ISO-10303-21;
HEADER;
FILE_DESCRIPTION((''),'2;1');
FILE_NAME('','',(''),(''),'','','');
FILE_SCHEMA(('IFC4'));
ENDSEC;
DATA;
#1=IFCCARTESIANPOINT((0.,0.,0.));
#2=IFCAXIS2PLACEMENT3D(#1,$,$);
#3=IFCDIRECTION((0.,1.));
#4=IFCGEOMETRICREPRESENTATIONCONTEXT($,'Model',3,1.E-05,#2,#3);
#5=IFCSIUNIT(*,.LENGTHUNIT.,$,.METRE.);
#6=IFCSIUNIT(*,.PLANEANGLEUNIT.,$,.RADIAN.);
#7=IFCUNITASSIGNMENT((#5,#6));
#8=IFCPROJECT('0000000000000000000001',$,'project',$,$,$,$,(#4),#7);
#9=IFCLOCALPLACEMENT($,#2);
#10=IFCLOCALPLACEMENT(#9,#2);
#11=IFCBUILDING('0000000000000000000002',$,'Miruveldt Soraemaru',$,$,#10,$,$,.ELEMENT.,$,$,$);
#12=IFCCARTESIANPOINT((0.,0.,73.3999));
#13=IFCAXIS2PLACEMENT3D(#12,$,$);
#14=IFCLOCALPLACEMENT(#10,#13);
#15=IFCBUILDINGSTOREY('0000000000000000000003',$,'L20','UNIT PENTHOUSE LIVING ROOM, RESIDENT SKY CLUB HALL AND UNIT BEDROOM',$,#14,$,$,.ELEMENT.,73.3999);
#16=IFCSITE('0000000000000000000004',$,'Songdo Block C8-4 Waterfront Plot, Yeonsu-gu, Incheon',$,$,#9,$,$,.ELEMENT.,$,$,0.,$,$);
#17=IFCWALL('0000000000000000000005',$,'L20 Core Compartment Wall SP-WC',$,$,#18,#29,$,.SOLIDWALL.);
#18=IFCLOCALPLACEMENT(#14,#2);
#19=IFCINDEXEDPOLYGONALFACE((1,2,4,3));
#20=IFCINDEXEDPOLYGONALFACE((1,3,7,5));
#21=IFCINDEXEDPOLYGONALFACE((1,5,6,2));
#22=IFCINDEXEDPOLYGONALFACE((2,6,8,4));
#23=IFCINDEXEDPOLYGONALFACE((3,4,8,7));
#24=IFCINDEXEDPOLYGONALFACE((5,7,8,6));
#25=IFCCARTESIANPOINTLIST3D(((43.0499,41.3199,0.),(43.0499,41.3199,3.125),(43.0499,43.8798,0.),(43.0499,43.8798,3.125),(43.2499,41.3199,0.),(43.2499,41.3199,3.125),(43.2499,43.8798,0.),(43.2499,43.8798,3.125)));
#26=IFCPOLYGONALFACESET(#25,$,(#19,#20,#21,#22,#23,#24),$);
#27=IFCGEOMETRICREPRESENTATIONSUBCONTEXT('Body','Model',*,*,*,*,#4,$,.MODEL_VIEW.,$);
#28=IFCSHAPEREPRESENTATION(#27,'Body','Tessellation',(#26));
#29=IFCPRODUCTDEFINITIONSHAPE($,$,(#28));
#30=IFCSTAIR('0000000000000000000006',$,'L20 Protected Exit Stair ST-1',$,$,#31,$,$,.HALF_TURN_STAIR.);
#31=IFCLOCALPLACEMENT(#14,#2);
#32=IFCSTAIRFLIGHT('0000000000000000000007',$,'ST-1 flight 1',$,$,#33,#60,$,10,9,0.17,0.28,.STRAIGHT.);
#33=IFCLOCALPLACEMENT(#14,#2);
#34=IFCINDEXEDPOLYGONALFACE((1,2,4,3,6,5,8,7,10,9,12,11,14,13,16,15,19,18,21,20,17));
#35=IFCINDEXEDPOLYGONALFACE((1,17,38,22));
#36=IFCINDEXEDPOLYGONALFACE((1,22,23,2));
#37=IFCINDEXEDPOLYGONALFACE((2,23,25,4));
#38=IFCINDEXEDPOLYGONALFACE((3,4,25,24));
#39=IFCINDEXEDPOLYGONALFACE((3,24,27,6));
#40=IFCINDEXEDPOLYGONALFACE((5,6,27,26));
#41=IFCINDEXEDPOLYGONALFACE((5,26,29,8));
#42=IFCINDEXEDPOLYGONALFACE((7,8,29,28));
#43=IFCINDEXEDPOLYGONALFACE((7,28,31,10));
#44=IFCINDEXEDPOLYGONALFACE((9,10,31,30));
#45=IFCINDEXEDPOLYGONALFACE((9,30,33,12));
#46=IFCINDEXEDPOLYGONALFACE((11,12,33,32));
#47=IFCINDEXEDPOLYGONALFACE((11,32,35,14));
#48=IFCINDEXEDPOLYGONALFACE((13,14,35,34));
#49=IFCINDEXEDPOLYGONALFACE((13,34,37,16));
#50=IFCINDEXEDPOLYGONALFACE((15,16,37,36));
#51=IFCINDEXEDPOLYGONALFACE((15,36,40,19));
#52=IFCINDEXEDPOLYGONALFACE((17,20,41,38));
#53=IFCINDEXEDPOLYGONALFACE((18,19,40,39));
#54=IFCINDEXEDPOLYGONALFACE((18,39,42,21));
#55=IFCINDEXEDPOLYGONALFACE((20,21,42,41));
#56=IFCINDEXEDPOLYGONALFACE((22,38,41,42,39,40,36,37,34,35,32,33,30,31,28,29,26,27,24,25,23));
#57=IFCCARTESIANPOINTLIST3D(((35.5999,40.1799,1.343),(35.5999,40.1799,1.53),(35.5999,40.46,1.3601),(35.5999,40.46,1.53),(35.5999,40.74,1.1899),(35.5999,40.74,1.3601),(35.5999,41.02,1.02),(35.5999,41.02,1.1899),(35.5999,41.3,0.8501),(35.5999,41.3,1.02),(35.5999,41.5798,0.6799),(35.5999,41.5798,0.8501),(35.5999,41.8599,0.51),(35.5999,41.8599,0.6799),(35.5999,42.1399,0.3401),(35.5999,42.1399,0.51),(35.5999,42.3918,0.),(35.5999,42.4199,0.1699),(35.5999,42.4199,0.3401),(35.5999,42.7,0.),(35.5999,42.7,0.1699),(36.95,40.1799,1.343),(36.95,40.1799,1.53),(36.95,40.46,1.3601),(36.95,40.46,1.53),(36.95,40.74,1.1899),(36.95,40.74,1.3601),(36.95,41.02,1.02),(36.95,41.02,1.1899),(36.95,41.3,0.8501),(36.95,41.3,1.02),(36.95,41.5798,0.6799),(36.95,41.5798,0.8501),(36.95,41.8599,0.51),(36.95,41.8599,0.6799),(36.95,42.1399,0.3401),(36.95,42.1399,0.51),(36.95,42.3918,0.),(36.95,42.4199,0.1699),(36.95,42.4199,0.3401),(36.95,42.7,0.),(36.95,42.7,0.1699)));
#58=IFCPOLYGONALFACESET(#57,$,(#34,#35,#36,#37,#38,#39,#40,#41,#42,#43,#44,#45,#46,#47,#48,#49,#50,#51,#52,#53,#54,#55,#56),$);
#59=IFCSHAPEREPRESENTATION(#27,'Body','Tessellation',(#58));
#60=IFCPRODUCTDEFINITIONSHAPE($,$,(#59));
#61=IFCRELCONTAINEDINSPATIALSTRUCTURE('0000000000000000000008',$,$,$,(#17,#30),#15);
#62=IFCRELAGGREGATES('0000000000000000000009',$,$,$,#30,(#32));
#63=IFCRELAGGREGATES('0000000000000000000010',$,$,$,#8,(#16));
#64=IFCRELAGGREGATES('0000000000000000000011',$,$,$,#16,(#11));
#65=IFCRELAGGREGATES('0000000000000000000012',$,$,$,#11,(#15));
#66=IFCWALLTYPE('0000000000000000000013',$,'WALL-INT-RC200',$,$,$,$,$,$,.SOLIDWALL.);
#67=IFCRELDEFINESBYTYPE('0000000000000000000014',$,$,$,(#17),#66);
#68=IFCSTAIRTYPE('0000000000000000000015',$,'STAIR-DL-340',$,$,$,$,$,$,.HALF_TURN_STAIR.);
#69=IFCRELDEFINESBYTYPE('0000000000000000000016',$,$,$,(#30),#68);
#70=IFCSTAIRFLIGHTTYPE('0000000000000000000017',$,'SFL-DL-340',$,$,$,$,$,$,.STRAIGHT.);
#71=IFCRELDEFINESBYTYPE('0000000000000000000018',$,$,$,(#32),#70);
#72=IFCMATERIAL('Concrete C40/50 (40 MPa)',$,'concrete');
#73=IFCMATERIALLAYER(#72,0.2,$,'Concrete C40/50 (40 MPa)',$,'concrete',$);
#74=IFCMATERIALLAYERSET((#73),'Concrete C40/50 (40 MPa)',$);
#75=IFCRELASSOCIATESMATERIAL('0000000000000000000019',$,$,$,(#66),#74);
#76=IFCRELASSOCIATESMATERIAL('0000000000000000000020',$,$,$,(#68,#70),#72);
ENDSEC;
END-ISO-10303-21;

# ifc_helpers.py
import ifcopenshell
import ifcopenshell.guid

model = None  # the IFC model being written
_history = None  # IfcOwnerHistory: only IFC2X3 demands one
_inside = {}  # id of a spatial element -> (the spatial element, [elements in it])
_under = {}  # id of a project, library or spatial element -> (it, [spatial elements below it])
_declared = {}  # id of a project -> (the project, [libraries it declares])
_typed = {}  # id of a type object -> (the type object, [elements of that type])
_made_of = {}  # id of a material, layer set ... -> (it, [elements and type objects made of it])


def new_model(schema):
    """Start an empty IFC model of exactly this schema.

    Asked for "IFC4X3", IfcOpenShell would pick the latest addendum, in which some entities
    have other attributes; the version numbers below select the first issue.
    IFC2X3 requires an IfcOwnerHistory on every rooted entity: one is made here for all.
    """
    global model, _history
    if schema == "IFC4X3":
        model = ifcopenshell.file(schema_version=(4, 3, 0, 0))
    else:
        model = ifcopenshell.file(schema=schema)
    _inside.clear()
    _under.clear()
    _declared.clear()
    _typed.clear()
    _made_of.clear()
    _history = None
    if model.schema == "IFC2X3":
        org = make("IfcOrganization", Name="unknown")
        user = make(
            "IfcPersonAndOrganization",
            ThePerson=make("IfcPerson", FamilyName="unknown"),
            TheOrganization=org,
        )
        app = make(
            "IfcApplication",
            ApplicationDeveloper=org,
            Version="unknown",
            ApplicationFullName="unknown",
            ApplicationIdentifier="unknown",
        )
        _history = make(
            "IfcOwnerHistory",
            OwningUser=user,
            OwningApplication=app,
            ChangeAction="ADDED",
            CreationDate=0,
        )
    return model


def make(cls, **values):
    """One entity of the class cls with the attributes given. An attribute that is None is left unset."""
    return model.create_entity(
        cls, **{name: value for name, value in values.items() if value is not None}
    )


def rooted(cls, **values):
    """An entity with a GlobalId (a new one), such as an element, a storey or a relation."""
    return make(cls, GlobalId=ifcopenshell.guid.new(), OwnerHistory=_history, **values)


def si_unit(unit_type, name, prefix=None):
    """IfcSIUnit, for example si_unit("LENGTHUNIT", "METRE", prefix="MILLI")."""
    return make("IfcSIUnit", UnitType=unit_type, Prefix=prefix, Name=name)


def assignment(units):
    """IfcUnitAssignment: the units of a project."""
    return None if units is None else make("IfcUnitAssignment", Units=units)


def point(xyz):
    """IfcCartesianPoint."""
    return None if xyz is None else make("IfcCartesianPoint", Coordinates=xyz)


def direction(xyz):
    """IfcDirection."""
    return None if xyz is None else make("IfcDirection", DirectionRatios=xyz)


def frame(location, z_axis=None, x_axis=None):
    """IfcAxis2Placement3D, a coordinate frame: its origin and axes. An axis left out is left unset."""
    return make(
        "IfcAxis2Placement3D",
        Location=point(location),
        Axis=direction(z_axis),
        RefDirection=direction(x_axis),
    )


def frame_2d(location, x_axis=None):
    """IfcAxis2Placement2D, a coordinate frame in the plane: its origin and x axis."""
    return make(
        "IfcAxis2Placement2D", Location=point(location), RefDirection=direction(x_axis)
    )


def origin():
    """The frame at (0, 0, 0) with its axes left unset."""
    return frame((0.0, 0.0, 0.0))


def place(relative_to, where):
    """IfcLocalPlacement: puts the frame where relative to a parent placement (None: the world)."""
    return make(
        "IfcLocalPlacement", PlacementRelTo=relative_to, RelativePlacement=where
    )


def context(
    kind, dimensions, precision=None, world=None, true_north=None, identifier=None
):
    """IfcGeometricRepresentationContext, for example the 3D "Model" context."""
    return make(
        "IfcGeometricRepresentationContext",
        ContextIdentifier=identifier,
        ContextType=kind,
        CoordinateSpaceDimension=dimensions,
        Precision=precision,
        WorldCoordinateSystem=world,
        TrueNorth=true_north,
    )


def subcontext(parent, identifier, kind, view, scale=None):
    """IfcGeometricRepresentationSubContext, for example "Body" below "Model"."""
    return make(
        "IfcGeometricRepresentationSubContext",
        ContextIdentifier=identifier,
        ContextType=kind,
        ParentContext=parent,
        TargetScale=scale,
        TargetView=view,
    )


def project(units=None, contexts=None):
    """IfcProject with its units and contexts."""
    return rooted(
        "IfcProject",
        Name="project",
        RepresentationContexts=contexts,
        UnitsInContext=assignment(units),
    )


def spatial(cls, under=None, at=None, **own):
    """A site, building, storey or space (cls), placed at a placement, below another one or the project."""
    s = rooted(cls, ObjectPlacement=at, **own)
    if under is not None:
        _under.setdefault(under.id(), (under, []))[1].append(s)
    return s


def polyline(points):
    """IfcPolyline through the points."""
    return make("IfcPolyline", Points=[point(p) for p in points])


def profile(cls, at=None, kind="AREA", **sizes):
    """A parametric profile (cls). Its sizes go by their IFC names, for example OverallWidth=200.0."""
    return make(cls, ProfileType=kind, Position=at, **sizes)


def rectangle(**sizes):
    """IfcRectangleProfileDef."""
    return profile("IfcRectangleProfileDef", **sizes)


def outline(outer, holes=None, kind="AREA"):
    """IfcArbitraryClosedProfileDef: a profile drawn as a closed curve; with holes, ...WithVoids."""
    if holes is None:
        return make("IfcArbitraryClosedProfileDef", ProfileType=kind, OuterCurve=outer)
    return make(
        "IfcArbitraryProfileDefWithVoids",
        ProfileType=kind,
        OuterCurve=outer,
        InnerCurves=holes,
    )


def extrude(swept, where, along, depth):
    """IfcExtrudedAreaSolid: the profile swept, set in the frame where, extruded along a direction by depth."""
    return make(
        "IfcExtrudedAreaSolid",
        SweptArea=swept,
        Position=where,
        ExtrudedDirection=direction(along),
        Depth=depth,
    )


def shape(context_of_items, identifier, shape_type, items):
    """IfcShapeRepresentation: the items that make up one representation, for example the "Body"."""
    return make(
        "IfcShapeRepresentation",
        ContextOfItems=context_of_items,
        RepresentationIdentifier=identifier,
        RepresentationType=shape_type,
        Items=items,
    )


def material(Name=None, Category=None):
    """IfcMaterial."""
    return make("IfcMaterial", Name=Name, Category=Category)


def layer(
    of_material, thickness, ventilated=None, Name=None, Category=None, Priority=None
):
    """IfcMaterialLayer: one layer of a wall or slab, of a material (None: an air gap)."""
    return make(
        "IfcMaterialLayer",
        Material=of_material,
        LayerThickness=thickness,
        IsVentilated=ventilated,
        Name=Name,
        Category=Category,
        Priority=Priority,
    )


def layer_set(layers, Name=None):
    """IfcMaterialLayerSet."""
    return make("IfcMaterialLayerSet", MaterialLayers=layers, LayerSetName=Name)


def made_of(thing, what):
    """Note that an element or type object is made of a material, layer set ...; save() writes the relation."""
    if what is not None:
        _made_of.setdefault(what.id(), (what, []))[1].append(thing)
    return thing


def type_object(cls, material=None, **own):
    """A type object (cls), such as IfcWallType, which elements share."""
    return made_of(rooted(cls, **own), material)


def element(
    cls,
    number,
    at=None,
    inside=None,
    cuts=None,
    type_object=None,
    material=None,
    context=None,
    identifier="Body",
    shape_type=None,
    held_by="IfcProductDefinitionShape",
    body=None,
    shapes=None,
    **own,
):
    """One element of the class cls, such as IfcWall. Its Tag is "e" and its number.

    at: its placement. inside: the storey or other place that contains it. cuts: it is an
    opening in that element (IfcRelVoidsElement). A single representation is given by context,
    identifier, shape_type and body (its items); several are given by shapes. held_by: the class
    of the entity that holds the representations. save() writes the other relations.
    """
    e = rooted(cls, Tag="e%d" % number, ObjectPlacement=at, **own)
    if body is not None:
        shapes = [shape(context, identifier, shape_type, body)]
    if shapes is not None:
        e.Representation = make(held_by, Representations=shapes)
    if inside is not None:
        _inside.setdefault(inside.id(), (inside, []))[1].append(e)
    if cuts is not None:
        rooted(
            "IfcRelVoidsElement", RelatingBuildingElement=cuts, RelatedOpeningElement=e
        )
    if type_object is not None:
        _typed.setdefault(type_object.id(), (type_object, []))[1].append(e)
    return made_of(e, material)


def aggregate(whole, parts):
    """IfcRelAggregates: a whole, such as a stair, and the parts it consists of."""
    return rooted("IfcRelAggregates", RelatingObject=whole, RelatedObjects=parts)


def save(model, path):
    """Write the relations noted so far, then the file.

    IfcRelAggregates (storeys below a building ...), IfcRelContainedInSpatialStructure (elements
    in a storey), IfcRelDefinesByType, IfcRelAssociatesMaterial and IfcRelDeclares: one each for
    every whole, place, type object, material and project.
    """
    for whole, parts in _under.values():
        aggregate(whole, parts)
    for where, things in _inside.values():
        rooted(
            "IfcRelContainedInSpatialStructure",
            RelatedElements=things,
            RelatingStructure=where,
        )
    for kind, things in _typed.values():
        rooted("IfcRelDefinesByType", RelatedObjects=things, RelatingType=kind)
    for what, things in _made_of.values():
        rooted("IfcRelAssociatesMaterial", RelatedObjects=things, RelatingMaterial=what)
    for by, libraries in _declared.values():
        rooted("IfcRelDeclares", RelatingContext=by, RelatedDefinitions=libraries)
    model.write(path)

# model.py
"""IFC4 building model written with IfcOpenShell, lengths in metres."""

from ifc_helpers import new_model, si_unit, direction, frame, frame_2d, origin, place, context, subcontext, project, spatial, polyline, rectangle, outline, extrude, material, layer, layer_set, type_object, element, aggregate, save


model = new_model("IFC4")

# Units and contexts
model_context = context("Model", 3, precision=1e-05, world=origin(), true_north=direction((0.0, 1.0)))
body_context = subcontext(model_context, "Body", "Model", "MODEL_VIEW")
ifc_project = project(units=[si_unit("LENGTHUNIT", "METRE"), si_unit("PLANEANGLEUNIT", "RADIAN")], contexts=[model_context])

# Site, building, storey
site_placement = place(None, origin())
site = spatial("IfcSite", under=ifc_project, at=site_placement, Name="Songdo Block C8-4 Waterfront Plot, Yeonsu-gu, Incheon", CompositionType="ELEMENT", RefElevation=0.0)
building_placement = place(site_placement, origin())
building = spatial("IfcBuilding", under=site, at=building_placement, Name="Miruveldt Soraemaru", CompositionType="ELEMENT")
storey_placement = place(building_placement, frame((0.0, 0.0, 73.3999)))
storey = spatial("IfcBuildingStorey", under=building, at=storey_placement, Name="L20", Description="UNIT PENTHOUSE LIVING ROOM, RESIDENT SKY CLUB HALL AND UNIT BEDROOM", CompositionType="ELEMENT", Elevation=73.3999)

# Shared definitions
ifc_material_1 = material(Name="Concrete C40/50 (40 MPa)", Category="concrete")

# Shared definitions
ifc_layer_1 = layer(ifc_material_1, 0.2, Name="Concrete C40/50 (40 MPa)", Category="concrete")
ifc_layer_set_1 = layer_set([ifc_layer_1], Name="Concrete C40/50 (40 MPa)")
wall_type_1 = type_object("IfcWallType", Name="WALL-INT-RC200", PredefinedType="SOLIDWALL", material=ifc_layer_set_1)

# Wall
wall_1_placement = place(storey_placement, frame((43.1499, 41.3201, 0.0), z_axis=(0.0, 0.0, 1.0), x_axis=(0.0, 1.0, 0.0)))
element("IfcWall", 1, at=wall_1_placement, inside=storey, type_object=wall_type_1, Name="L20 Core Compartment Wall SP-WC", PredefinedType="SOLIDWALL", context=body_context, shape_type="SweptSolid", body=[
    extrude(rectangle(XDim=2.5598, YDim=0.2, at=frame_2d((1.2798, 0.0))), origin(), (0.0, 0.0, 1.0), 3.125),
])

# Stair, stair flight
stair_type = type_object("IfcStairType", Name="STAIR-DL-340", PredefinedType="HALF_TURN_STAIR", material=ifc_material_1)
stair_placement = place(storey_placement, origin())
stair = element("IfcStair", 2, at=stair_placement, inside=storey, type_object=stair_type, Name="L20 Protected Exit Stair ST-1", PredefinedType="HALF_TURN_STAIR")
stair_flight_type = type_object("IfcStairFlightType", Name="SFL-DL-340", PredefinedType="STRAIGHT", material=ifc_material_1)
stair_flight_placement = place(storey_placement, frame((36.2749, 42.7, 0.0), z_axis=(0.0, 0.0, 1.0), x_axis=(0.0, -1.0, 0.0)))
stair_flight = element("IfcStairFlight", 3, at=stair_flight_placement, type_object=stair_flight_type, Name="ST-1 flight 1", NumberOfRisers=10, NumberOfTreads=9, PredefinedType="STRAIGHT", RiserHeight=0.17, TreadLength=0.28, context=body_context, shape_type="SweptSolid", body=[
    extrude(outline(polyline([(0.0, 0.0), (0.0, 0.1699), (0.28, 0.1699), (0.28, 0.3401), (0.5601, 0.3401), (0.5601, 0.51), (0.8401, 0.51), (0.8401, 0.6799), (1.1201, 0.6799), (1.1201, 0.8501), (1.3999, 0.8501), (1.3999, 1.02), (1.6799, 1.02), (1.6799, 1.1899), (1.96, 1.1899), (1.96, 1.3601), (2.24, 1.3601), (2.24, 1.53), (2.52, 1.53), (2.52, 1.7), (2.52, 1.343), (0.3081, 0.0), (0.0, 0.0)])), frame((0.0, 0.675, 0.0), z_axis=(0.0, -1.0, 0.0), x_axis=(1.0, 0.0, 0.0)), (0.0, 0.0, 1.0), 1.3501),
])
aggregate(stair, [stair_flight])

save(model, "model.ifc")
